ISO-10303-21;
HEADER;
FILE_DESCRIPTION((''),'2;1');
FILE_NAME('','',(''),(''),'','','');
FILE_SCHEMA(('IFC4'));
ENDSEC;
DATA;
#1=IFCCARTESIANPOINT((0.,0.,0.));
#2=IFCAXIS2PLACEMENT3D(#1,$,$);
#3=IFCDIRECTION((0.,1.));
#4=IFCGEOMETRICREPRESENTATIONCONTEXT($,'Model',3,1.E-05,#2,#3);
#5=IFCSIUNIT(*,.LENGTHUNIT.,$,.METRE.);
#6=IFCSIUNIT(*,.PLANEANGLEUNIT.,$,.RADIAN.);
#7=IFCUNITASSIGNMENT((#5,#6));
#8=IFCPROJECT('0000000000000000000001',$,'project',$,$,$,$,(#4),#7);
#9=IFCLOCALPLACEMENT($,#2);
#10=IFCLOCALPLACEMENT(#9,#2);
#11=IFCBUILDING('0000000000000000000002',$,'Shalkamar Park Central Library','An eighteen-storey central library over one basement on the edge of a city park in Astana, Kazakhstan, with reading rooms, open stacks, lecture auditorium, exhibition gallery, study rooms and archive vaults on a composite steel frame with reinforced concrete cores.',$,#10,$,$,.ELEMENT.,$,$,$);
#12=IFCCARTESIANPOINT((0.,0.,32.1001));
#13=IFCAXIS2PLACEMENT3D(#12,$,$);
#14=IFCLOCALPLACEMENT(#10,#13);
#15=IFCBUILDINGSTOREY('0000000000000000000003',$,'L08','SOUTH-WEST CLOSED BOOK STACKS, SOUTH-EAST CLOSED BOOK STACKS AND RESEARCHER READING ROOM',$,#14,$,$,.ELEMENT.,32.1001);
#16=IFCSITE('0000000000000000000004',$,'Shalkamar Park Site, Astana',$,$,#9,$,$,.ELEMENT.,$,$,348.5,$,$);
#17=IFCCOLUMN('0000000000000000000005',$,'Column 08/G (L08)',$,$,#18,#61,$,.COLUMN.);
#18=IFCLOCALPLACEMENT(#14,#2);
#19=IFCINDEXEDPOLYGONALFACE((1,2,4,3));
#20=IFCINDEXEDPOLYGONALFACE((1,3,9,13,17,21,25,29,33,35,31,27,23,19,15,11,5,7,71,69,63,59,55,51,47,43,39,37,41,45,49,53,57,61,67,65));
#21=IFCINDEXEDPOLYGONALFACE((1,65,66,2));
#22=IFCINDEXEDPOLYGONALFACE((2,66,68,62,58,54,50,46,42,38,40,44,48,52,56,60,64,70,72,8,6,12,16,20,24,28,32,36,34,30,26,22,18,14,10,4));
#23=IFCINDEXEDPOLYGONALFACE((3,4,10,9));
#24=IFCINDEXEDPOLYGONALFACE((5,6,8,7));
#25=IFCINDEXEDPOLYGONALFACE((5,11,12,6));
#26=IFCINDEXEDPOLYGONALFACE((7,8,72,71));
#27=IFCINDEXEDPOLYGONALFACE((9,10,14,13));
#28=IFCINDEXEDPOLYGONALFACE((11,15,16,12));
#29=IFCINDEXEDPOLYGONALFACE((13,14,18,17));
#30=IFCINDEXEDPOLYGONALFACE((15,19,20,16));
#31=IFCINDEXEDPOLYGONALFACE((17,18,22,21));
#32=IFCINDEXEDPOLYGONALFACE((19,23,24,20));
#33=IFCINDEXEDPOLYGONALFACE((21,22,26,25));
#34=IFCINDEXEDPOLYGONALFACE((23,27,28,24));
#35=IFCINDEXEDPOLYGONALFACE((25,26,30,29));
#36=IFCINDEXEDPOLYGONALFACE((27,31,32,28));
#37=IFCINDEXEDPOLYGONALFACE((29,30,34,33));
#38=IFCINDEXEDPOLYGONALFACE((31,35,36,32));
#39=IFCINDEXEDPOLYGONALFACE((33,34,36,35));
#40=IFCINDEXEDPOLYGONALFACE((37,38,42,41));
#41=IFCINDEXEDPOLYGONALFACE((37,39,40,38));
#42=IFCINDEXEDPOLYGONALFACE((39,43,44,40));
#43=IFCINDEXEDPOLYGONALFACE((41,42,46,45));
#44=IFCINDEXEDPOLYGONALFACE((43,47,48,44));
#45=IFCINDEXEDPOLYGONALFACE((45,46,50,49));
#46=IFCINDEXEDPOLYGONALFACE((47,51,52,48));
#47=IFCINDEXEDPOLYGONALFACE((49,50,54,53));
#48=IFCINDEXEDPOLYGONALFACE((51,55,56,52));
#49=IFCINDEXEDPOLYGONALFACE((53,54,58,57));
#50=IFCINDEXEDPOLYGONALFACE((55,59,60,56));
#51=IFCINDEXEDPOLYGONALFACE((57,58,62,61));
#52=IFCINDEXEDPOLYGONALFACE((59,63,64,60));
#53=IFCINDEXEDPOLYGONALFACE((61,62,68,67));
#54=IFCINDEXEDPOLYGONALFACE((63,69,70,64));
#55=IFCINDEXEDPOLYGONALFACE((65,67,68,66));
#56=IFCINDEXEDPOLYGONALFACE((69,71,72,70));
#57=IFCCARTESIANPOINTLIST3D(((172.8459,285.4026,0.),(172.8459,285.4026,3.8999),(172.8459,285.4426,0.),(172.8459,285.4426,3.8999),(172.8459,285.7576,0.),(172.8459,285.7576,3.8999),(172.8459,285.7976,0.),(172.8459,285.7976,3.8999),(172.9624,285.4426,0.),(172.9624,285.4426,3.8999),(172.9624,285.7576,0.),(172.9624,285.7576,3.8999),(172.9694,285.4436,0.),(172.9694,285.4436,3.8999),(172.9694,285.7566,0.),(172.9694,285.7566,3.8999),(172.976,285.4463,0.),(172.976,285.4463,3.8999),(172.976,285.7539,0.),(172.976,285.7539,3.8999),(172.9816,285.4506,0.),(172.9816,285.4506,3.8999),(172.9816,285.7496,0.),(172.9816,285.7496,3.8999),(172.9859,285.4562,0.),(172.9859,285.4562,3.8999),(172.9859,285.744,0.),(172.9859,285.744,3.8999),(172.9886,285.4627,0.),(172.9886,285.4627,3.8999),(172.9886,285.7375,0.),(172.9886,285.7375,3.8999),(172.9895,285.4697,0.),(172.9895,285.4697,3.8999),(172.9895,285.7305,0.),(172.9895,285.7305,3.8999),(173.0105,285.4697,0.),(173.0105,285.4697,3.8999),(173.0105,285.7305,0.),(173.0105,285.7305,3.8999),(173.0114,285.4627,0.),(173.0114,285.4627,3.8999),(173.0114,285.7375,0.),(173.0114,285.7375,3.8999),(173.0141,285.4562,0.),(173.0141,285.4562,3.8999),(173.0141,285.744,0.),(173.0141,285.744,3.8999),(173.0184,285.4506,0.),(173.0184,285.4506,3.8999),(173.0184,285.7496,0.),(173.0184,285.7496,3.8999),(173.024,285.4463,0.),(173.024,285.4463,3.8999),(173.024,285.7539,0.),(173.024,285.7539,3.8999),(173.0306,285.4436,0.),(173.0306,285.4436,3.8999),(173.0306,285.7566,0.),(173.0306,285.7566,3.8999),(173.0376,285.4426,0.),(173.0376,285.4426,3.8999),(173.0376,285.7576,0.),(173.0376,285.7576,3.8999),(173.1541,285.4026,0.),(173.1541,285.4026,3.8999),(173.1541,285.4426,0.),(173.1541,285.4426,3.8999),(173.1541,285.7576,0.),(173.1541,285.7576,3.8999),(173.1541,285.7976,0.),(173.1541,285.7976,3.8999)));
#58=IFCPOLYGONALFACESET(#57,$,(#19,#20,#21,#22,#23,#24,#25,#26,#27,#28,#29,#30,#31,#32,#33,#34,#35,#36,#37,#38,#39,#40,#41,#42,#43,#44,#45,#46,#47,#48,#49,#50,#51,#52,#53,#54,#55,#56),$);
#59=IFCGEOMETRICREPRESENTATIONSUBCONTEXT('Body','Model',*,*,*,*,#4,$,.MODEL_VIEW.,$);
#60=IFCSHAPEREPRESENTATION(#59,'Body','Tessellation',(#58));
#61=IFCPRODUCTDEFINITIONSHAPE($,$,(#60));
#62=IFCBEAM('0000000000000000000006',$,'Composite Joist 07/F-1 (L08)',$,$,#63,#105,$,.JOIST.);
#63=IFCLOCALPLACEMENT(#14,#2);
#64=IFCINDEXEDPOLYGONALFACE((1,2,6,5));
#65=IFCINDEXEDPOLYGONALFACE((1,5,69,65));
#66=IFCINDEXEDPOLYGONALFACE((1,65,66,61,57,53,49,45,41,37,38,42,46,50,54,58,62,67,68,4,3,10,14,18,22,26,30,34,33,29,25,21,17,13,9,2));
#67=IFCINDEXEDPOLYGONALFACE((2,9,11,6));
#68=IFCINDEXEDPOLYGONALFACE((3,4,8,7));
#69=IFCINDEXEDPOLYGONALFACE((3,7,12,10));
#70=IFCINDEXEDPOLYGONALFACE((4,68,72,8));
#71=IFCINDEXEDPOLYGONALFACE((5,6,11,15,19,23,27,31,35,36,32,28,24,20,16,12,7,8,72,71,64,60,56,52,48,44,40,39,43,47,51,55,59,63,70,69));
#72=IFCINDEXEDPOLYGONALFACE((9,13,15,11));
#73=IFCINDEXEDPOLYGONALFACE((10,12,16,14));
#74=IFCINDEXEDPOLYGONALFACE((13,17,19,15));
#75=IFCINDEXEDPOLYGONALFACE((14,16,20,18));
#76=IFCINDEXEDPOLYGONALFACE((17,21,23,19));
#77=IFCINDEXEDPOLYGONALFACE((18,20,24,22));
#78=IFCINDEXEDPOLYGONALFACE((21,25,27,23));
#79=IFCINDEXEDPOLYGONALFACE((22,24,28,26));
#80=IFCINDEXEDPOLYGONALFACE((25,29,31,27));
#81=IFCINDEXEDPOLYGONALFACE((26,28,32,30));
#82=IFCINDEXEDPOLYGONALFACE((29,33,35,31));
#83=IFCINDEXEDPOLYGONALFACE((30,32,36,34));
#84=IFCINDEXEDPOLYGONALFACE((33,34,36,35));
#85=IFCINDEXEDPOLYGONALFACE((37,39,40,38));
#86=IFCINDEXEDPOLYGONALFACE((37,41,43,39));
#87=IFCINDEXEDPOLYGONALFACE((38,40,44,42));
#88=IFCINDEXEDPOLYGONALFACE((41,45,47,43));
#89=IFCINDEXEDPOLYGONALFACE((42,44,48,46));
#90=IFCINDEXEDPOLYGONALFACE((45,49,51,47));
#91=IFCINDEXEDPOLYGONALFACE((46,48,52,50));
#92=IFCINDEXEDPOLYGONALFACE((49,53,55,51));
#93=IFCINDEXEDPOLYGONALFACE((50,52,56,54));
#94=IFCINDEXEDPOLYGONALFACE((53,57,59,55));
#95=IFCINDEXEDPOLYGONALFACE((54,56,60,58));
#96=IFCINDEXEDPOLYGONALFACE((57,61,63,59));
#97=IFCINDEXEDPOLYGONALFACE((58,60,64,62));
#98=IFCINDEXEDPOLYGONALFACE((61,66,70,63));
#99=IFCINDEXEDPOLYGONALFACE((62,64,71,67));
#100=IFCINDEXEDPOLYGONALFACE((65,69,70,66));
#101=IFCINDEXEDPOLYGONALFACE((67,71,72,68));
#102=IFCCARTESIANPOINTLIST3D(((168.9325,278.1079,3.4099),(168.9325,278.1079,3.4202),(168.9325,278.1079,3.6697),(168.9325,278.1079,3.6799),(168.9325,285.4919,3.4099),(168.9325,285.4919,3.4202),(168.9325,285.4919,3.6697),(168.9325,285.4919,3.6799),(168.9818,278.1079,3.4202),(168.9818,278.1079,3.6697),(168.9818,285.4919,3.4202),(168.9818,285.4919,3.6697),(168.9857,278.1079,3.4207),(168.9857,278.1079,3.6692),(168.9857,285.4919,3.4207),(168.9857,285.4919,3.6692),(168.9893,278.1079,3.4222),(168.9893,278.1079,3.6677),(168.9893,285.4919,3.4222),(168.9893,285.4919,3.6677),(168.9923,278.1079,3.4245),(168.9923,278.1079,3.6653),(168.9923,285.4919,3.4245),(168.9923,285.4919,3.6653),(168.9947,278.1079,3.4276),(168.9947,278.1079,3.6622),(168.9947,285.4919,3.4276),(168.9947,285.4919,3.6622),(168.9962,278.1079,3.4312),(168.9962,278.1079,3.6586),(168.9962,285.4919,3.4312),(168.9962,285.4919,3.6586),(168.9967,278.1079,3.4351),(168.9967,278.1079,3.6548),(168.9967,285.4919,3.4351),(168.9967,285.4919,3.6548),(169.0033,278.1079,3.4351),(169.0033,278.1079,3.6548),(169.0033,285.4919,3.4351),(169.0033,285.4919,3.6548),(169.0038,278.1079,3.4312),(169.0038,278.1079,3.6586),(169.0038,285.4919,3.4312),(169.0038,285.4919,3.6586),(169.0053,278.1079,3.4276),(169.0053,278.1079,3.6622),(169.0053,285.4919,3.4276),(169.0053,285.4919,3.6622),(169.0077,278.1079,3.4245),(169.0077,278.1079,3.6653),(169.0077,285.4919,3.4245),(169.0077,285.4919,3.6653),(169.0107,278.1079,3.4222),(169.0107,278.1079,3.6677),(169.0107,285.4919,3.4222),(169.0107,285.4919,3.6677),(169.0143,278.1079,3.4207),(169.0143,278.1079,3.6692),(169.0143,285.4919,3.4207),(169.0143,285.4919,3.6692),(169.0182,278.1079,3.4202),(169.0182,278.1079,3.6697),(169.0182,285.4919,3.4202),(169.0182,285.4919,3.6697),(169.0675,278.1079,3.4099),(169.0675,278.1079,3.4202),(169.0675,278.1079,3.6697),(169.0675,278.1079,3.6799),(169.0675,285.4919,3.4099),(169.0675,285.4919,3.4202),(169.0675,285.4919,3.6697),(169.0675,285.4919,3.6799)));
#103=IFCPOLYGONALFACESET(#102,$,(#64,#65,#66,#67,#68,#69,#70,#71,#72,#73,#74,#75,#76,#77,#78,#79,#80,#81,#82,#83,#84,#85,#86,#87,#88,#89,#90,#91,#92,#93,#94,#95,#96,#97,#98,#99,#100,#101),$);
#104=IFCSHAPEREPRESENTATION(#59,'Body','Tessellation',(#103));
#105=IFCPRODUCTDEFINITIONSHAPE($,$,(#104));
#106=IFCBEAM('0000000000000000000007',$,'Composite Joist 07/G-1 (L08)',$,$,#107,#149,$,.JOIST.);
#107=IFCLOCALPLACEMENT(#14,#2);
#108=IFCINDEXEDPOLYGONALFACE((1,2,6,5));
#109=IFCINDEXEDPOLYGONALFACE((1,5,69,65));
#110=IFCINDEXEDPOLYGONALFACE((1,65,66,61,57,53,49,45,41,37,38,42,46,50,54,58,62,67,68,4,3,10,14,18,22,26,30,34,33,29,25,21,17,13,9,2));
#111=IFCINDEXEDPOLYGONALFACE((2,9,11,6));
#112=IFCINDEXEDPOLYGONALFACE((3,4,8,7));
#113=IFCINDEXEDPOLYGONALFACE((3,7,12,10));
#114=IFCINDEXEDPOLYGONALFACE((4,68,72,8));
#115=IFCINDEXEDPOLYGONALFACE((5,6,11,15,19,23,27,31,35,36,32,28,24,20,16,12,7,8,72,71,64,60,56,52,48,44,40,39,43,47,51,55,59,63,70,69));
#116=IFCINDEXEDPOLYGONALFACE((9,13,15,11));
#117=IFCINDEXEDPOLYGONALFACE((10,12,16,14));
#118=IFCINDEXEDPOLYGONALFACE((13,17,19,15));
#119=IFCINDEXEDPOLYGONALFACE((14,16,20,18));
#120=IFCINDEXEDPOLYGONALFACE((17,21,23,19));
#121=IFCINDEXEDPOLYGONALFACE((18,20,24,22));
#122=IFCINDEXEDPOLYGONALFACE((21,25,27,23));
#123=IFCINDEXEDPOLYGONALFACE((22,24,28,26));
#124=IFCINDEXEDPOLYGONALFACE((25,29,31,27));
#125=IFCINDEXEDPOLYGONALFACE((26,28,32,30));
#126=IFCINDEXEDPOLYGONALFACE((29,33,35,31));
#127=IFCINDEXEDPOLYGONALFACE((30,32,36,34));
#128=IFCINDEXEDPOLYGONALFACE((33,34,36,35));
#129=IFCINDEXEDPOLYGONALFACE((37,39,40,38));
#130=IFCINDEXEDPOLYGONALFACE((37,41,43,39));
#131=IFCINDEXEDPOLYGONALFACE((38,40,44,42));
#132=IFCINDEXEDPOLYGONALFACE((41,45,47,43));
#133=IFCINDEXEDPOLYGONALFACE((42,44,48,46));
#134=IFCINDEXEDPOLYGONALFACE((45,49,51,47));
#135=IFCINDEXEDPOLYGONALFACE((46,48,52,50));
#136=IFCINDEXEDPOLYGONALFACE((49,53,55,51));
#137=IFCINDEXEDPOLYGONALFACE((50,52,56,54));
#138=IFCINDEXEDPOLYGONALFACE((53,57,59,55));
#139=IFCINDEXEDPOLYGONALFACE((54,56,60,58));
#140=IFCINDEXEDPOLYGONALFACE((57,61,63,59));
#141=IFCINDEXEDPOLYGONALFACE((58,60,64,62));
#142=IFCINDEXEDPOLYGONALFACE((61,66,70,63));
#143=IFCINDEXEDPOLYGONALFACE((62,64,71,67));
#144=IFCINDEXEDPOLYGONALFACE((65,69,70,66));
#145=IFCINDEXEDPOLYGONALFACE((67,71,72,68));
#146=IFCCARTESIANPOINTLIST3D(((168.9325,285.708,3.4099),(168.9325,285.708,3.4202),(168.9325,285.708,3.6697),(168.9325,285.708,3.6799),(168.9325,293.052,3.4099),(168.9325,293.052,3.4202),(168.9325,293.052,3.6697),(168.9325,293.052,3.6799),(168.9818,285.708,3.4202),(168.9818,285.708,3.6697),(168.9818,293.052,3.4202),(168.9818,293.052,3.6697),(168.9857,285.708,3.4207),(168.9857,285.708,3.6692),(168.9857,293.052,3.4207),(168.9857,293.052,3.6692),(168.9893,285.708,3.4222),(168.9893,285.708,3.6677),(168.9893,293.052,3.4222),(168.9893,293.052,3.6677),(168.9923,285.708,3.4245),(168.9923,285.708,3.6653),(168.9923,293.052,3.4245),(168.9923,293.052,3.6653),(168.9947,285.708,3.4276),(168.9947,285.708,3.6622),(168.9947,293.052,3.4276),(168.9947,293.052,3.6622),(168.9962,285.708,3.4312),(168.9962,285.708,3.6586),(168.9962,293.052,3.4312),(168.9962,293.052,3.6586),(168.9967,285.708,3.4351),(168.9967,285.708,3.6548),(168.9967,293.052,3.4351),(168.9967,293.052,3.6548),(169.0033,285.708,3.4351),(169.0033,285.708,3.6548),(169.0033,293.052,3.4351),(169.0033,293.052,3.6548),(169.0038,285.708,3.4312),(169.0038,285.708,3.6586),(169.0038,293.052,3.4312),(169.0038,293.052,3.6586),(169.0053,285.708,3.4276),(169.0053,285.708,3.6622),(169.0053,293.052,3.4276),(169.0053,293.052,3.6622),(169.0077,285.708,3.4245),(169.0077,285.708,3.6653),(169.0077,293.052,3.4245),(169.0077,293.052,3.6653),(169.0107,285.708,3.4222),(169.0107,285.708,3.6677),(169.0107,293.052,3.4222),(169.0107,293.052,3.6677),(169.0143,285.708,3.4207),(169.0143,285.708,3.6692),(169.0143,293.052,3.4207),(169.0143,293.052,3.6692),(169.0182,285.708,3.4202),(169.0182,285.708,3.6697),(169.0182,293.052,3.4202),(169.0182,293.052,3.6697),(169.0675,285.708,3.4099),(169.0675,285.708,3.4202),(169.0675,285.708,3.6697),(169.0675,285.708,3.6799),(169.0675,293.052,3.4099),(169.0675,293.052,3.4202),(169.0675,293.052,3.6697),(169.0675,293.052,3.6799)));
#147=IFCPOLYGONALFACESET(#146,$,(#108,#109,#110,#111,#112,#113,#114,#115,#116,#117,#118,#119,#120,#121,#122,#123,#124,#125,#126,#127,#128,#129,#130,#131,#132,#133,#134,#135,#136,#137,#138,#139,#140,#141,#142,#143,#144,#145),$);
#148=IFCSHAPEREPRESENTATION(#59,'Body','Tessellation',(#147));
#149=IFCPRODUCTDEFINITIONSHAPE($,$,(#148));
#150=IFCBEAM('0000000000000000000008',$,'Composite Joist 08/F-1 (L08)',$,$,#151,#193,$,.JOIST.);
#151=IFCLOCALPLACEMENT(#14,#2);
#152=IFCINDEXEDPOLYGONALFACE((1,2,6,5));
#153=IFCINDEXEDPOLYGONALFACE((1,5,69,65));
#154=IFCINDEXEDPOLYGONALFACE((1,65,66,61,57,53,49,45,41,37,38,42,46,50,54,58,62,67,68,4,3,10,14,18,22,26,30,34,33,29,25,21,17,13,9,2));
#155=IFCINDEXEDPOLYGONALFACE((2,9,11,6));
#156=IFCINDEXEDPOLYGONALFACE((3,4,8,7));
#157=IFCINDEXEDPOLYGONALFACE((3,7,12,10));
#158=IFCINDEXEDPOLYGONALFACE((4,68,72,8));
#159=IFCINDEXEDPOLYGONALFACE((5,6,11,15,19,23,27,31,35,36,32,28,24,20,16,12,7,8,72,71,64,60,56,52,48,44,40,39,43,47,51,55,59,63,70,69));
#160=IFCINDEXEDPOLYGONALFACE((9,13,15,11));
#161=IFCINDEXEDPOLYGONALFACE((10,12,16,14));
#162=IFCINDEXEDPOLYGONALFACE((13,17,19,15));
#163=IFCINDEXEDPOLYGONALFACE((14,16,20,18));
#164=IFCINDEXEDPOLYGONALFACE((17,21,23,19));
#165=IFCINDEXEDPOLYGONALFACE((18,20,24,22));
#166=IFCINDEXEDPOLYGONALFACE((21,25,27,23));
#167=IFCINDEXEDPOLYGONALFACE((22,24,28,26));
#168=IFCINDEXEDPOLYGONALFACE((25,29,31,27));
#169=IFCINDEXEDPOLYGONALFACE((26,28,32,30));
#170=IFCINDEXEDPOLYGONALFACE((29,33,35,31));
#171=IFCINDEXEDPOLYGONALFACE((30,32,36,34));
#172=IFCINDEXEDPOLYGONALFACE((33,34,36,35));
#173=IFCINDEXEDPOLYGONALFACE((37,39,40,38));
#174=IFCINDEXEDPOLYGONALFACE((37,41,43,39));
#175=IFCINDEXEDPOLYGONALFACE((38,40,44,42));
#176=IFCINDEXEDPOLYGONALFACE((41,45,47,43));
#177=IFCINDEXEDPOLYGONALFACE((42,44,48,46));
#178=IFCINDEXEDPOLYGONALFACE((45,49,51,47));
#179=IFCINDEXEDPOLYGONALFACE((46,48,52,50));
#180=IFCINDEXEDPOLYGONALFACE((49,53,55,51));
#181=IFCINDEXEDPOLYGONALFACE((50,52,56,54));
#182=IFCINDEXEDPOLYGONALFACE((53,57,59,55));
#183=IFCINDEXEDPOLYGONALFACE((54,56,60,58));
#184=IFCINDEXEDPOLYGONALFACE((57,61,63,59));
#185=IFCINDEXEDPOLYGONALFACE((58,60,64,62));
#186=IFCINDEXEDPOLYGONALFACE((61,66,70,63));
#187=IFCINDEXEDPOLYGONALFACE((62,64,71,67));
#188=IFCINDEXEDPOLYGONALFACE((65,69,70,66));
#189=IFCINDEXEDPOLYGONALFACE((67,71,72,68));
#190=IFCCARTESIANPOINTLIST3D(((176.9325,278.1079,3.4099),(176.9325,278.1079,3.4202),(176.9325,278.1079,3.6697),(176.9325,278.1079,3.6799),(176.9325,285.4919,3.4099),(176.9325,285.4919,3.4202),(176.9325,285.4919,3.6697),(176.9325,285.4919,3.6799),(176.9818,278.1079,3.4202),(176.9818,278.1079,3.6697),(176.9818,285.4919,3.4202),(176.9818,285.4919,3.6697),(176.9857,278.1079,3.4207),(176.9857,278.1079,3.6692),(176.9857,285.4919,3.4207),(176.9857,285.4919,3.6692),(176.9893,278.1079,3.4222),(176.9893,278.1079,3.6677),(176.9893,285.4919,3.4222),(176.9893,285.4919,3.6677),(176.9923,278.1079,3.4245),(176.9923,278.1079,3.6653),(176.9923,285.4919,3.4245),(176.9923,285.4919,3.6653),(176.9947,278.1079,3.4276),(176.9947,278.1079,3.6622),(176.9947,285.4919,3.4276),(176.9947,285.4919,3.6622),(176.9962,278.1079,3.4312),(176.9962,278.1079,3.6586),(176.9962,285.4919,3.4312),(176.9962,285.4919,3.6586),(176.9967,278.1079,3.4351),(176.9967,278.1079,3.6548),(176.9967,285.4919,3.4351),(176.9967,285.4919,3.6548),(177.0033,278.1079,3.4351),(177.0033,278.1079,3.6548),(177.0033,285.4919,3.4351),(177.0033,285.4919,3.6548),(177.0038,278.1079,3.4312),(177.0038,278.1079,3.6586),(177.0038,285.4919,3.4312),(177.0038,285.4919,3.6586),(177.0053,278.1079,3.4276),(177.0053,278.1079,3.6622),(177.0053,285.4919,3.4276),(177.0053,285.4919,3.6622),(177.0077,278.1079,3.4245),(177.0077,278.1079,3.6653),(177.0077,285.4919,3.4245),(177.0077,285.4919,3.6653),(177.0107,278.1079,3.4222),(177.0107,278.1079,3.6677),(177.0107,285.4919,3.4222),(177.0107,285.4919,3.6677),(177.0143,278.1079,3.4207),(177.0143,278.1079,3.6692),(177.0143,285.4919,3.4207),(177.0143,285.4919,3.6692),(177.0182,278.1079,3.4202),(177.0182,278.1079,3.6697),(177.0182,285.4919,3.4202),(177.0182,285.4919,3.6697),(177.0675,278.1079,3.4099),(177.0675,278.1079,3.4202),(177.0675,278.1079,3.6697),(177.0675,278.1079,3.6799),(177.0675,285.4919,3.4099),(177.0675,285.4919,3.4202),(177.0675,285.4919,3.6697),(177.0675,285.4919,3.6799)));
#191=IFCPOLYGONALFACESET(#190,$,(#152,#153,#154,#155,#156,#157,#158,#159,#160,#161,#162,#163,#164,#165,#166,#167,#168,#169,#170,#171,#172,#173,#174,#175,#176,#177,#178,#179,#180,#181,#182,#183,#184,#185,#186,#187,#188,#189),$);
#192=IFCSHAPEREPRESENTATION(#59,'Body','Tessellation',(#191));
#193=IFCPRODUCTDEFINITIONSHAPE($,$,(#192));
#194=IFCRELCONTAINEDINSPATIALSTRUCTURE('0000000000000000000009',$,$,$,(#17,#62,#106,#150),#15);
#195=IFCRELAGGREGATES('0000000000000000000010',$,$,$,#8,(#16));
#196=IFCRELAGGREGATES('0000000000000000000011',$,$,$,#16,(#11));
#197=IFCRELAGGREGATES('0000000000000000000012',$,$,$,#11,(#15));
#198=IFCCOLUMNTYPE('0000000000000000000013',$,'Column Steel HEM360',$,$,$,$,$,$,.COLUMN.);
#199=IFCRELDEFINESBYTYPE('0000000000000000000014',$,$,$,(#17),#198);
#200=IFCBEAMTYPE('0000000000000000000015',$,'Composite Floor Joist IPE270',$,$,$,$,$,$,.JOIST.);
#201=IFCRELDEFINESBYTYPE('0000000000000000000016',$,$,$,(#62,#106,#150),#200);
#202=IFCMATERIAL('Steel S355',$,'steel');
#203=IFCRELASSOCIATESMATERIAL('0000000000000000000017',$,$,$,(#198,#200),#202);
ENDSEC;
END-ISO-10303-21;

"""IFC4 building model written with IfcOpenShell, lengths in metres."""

from ifc_helpers import new_model, si_unit, direction, frame, origin, origin_2d, place, context, subcontext, project, spatial, i_section, extrude, material, material_profile, profile_set, type_object, element, save


model = new_model("IFC4")

# Units and contexts
model_context = context("Model", 3, precision=1e-05, world=origin(), true_north=direction((0.0, 1.0)))
body_context = subcontext(model_context, "Body", "Model", "MODEL_VIEW")
ifc_project = project(units=[si_unit("LENGTHUNIT", "METRE"), si_unit("PLANEANGLEUNIT", "RADIAN")], contexts=[model_context])

# Site, building, storey
site_placement = place(None, origin())
site = spatial("IfcSite", under=ifc_project, at=site_placement, Name="Shalkamar Park Site, Astana", CompositionType="ELEMENT", RefElevation=348.5)
building_placement = place(site_placement, origin())
building = spatial("IfcBuilding", under=site, at=building_placement, Name="Shalkamar Park Central Library", Description="An eighteen-storey central library over one basement on the edge of a city park in Astana, Kazakhstan, with reading rooms, open stacks, lecture auditorium, exhibition gallery, study rooms and archive vaults on a composite steel frame with reinforced concrete cores.", CompositionType="ELEMENT")
storey_placement = place(building_placement, frame((0.0, 0.0, 32.1001)))
storey = spatial("IfcBuildingStorey", under=building, at=storey_placement, Name="L08", Description="SOUTH-WEST CLOSED BOOK STACKS, SOUTH-EAST CLOSED BOOK STACKS AND RESEARCHER READING ROOM", CompositionType="ELEMENT", Elevation=32.1001)

# Column
ifc_material_1 = material(Name="Steel S355", Category="steel")
ifc_material_profile_1 = material_profile(ifc_material_1, i_section(OverallWidth=0.3081, OverallDepth=0.395, WebThickness=0.021, FlangeThickness=0.04, FilletRadius=0.0271, at=origin_2d()), Name="HEM 360")
ifc_profile_set_1 = profile_set([ifc_material_profile_1], Name="Steel S355")
column_type_1 = type_object("IfcColumnType", Name="Column Steel HEM360", PredefinedType="COLUMN", material=ifc_profile_set_1)
for number, where, z_axis, x_axis, name in (
    (1, (173.0, 285.6001, 0.0), (0.0, 0.0, 1.0), (1.0, 0.0, 0.0), "Column 08/G (L08)"),
):
    element("IfcColumn", number, at=place(storey_placement, frame(where, z_axis=z_axis, x_axis=x_axis)), inside=storey, type_object=column_type_1, Name=name, PredefinedType="COLUMN", context=body_context, shape_type="SweptSolid", body=[
        extrude(i_section(OverallWidth=0.3081, OverallDepth=0.395, WebThickness=0.021, FlangeThickness=0.04, FilletRadius=0.0271, at=origin_2d()), origin(), (0.0, 0.0, 1.0), 3.8999),
    ])

# Beams
ifc_material_profile_2 = material_profile(ifc_material_1, i_section(OverallWidth=0.135, OverallDepth=0.27, WebThickness=0.0066, FlangeThickness=0.0103, FilletRadius=0.0149, at=origin_2d()), Name="IPE 270")
ifc_profile_set_2 = profile_set([ifc_material_profile_2], Name="Steel S355")
beam_type_1 = type_object("IfcBeamType", Name="Composite Floor Joist IPE270", PredefinedType="JOIST", material=ifc_profile_set_2)
beam_1_placement = place(storey_placement, frame((169.0, 278.1079, 3.5449), z_axis=(0.0, 1.0, 0.0), x_axis=(-1.0, 0.0, 0.0)))
element("IfcBeam", 2, at=beam_1_placement, inside=storey, type_object=beam_type_1, Name="Composite Joist 07/F-1 (L08)", PredefinedType="JOIST", context=body_context, shape_type="SweptSolid", body=[
    extrude(i_section(OverallWidth=0.135, OverallDepth=0.27, WebThickness=0.0066, FlangeThickness=0.0103, FilletRadius=0.0149, at=origin_2d()), origin(), (0.0, 0.0, 1.0), 7.384),
])
beam_2_placement = place(storey_placement, frame((169.0, 285.708, 3.5449), z_axis=(0.0, 1.0, 0.0), x_axis=(-1.0, 0.0, 0.0)))
element("IfcBeam", 3, at=beam_2_placement, inside=storey, type_object=beam_type_1, Name="Composite Joist 07/G-1 (L08)", PredefinedType="JOIST", context=body_context, shape_type="SweptSolid", body=[
    extrude(i_section(OverallWidth=0.135, OverallDepth=0.27, WebThickness=0.0066, FlangeThickness=0.0103, FilletRadius=0.0149, at=origin_2d()), origin(), (0.0, 0.0, 1.0), 7.344),
])
beam_3_placement = place(storey_placement, frame((177.0, 278.1079, 3.5449), z_axis=(0.0, 1.0, 0.0), x_axis=(-1.0, 0.0, 0.0)))
element("IfcBeam", 4, at=beam_3_placement, inside=storey, type_object=beam_type_1, Name="Composite Joist 08/F-1 (L08)", PredefinedType="JOIST", context=body_context, shape_type="SweptSolid", body=[
    extrude(i_section(OverallWidth=0.135, OverallDepth=0.27, WebThickness=0.0066, FlangeThickness=0.0103, FilletRadius=0.0149, at=origin_2d()), origin(), (0.0, 0.0, 1.0), 7.384),
])

save(model, "model.ifc")
